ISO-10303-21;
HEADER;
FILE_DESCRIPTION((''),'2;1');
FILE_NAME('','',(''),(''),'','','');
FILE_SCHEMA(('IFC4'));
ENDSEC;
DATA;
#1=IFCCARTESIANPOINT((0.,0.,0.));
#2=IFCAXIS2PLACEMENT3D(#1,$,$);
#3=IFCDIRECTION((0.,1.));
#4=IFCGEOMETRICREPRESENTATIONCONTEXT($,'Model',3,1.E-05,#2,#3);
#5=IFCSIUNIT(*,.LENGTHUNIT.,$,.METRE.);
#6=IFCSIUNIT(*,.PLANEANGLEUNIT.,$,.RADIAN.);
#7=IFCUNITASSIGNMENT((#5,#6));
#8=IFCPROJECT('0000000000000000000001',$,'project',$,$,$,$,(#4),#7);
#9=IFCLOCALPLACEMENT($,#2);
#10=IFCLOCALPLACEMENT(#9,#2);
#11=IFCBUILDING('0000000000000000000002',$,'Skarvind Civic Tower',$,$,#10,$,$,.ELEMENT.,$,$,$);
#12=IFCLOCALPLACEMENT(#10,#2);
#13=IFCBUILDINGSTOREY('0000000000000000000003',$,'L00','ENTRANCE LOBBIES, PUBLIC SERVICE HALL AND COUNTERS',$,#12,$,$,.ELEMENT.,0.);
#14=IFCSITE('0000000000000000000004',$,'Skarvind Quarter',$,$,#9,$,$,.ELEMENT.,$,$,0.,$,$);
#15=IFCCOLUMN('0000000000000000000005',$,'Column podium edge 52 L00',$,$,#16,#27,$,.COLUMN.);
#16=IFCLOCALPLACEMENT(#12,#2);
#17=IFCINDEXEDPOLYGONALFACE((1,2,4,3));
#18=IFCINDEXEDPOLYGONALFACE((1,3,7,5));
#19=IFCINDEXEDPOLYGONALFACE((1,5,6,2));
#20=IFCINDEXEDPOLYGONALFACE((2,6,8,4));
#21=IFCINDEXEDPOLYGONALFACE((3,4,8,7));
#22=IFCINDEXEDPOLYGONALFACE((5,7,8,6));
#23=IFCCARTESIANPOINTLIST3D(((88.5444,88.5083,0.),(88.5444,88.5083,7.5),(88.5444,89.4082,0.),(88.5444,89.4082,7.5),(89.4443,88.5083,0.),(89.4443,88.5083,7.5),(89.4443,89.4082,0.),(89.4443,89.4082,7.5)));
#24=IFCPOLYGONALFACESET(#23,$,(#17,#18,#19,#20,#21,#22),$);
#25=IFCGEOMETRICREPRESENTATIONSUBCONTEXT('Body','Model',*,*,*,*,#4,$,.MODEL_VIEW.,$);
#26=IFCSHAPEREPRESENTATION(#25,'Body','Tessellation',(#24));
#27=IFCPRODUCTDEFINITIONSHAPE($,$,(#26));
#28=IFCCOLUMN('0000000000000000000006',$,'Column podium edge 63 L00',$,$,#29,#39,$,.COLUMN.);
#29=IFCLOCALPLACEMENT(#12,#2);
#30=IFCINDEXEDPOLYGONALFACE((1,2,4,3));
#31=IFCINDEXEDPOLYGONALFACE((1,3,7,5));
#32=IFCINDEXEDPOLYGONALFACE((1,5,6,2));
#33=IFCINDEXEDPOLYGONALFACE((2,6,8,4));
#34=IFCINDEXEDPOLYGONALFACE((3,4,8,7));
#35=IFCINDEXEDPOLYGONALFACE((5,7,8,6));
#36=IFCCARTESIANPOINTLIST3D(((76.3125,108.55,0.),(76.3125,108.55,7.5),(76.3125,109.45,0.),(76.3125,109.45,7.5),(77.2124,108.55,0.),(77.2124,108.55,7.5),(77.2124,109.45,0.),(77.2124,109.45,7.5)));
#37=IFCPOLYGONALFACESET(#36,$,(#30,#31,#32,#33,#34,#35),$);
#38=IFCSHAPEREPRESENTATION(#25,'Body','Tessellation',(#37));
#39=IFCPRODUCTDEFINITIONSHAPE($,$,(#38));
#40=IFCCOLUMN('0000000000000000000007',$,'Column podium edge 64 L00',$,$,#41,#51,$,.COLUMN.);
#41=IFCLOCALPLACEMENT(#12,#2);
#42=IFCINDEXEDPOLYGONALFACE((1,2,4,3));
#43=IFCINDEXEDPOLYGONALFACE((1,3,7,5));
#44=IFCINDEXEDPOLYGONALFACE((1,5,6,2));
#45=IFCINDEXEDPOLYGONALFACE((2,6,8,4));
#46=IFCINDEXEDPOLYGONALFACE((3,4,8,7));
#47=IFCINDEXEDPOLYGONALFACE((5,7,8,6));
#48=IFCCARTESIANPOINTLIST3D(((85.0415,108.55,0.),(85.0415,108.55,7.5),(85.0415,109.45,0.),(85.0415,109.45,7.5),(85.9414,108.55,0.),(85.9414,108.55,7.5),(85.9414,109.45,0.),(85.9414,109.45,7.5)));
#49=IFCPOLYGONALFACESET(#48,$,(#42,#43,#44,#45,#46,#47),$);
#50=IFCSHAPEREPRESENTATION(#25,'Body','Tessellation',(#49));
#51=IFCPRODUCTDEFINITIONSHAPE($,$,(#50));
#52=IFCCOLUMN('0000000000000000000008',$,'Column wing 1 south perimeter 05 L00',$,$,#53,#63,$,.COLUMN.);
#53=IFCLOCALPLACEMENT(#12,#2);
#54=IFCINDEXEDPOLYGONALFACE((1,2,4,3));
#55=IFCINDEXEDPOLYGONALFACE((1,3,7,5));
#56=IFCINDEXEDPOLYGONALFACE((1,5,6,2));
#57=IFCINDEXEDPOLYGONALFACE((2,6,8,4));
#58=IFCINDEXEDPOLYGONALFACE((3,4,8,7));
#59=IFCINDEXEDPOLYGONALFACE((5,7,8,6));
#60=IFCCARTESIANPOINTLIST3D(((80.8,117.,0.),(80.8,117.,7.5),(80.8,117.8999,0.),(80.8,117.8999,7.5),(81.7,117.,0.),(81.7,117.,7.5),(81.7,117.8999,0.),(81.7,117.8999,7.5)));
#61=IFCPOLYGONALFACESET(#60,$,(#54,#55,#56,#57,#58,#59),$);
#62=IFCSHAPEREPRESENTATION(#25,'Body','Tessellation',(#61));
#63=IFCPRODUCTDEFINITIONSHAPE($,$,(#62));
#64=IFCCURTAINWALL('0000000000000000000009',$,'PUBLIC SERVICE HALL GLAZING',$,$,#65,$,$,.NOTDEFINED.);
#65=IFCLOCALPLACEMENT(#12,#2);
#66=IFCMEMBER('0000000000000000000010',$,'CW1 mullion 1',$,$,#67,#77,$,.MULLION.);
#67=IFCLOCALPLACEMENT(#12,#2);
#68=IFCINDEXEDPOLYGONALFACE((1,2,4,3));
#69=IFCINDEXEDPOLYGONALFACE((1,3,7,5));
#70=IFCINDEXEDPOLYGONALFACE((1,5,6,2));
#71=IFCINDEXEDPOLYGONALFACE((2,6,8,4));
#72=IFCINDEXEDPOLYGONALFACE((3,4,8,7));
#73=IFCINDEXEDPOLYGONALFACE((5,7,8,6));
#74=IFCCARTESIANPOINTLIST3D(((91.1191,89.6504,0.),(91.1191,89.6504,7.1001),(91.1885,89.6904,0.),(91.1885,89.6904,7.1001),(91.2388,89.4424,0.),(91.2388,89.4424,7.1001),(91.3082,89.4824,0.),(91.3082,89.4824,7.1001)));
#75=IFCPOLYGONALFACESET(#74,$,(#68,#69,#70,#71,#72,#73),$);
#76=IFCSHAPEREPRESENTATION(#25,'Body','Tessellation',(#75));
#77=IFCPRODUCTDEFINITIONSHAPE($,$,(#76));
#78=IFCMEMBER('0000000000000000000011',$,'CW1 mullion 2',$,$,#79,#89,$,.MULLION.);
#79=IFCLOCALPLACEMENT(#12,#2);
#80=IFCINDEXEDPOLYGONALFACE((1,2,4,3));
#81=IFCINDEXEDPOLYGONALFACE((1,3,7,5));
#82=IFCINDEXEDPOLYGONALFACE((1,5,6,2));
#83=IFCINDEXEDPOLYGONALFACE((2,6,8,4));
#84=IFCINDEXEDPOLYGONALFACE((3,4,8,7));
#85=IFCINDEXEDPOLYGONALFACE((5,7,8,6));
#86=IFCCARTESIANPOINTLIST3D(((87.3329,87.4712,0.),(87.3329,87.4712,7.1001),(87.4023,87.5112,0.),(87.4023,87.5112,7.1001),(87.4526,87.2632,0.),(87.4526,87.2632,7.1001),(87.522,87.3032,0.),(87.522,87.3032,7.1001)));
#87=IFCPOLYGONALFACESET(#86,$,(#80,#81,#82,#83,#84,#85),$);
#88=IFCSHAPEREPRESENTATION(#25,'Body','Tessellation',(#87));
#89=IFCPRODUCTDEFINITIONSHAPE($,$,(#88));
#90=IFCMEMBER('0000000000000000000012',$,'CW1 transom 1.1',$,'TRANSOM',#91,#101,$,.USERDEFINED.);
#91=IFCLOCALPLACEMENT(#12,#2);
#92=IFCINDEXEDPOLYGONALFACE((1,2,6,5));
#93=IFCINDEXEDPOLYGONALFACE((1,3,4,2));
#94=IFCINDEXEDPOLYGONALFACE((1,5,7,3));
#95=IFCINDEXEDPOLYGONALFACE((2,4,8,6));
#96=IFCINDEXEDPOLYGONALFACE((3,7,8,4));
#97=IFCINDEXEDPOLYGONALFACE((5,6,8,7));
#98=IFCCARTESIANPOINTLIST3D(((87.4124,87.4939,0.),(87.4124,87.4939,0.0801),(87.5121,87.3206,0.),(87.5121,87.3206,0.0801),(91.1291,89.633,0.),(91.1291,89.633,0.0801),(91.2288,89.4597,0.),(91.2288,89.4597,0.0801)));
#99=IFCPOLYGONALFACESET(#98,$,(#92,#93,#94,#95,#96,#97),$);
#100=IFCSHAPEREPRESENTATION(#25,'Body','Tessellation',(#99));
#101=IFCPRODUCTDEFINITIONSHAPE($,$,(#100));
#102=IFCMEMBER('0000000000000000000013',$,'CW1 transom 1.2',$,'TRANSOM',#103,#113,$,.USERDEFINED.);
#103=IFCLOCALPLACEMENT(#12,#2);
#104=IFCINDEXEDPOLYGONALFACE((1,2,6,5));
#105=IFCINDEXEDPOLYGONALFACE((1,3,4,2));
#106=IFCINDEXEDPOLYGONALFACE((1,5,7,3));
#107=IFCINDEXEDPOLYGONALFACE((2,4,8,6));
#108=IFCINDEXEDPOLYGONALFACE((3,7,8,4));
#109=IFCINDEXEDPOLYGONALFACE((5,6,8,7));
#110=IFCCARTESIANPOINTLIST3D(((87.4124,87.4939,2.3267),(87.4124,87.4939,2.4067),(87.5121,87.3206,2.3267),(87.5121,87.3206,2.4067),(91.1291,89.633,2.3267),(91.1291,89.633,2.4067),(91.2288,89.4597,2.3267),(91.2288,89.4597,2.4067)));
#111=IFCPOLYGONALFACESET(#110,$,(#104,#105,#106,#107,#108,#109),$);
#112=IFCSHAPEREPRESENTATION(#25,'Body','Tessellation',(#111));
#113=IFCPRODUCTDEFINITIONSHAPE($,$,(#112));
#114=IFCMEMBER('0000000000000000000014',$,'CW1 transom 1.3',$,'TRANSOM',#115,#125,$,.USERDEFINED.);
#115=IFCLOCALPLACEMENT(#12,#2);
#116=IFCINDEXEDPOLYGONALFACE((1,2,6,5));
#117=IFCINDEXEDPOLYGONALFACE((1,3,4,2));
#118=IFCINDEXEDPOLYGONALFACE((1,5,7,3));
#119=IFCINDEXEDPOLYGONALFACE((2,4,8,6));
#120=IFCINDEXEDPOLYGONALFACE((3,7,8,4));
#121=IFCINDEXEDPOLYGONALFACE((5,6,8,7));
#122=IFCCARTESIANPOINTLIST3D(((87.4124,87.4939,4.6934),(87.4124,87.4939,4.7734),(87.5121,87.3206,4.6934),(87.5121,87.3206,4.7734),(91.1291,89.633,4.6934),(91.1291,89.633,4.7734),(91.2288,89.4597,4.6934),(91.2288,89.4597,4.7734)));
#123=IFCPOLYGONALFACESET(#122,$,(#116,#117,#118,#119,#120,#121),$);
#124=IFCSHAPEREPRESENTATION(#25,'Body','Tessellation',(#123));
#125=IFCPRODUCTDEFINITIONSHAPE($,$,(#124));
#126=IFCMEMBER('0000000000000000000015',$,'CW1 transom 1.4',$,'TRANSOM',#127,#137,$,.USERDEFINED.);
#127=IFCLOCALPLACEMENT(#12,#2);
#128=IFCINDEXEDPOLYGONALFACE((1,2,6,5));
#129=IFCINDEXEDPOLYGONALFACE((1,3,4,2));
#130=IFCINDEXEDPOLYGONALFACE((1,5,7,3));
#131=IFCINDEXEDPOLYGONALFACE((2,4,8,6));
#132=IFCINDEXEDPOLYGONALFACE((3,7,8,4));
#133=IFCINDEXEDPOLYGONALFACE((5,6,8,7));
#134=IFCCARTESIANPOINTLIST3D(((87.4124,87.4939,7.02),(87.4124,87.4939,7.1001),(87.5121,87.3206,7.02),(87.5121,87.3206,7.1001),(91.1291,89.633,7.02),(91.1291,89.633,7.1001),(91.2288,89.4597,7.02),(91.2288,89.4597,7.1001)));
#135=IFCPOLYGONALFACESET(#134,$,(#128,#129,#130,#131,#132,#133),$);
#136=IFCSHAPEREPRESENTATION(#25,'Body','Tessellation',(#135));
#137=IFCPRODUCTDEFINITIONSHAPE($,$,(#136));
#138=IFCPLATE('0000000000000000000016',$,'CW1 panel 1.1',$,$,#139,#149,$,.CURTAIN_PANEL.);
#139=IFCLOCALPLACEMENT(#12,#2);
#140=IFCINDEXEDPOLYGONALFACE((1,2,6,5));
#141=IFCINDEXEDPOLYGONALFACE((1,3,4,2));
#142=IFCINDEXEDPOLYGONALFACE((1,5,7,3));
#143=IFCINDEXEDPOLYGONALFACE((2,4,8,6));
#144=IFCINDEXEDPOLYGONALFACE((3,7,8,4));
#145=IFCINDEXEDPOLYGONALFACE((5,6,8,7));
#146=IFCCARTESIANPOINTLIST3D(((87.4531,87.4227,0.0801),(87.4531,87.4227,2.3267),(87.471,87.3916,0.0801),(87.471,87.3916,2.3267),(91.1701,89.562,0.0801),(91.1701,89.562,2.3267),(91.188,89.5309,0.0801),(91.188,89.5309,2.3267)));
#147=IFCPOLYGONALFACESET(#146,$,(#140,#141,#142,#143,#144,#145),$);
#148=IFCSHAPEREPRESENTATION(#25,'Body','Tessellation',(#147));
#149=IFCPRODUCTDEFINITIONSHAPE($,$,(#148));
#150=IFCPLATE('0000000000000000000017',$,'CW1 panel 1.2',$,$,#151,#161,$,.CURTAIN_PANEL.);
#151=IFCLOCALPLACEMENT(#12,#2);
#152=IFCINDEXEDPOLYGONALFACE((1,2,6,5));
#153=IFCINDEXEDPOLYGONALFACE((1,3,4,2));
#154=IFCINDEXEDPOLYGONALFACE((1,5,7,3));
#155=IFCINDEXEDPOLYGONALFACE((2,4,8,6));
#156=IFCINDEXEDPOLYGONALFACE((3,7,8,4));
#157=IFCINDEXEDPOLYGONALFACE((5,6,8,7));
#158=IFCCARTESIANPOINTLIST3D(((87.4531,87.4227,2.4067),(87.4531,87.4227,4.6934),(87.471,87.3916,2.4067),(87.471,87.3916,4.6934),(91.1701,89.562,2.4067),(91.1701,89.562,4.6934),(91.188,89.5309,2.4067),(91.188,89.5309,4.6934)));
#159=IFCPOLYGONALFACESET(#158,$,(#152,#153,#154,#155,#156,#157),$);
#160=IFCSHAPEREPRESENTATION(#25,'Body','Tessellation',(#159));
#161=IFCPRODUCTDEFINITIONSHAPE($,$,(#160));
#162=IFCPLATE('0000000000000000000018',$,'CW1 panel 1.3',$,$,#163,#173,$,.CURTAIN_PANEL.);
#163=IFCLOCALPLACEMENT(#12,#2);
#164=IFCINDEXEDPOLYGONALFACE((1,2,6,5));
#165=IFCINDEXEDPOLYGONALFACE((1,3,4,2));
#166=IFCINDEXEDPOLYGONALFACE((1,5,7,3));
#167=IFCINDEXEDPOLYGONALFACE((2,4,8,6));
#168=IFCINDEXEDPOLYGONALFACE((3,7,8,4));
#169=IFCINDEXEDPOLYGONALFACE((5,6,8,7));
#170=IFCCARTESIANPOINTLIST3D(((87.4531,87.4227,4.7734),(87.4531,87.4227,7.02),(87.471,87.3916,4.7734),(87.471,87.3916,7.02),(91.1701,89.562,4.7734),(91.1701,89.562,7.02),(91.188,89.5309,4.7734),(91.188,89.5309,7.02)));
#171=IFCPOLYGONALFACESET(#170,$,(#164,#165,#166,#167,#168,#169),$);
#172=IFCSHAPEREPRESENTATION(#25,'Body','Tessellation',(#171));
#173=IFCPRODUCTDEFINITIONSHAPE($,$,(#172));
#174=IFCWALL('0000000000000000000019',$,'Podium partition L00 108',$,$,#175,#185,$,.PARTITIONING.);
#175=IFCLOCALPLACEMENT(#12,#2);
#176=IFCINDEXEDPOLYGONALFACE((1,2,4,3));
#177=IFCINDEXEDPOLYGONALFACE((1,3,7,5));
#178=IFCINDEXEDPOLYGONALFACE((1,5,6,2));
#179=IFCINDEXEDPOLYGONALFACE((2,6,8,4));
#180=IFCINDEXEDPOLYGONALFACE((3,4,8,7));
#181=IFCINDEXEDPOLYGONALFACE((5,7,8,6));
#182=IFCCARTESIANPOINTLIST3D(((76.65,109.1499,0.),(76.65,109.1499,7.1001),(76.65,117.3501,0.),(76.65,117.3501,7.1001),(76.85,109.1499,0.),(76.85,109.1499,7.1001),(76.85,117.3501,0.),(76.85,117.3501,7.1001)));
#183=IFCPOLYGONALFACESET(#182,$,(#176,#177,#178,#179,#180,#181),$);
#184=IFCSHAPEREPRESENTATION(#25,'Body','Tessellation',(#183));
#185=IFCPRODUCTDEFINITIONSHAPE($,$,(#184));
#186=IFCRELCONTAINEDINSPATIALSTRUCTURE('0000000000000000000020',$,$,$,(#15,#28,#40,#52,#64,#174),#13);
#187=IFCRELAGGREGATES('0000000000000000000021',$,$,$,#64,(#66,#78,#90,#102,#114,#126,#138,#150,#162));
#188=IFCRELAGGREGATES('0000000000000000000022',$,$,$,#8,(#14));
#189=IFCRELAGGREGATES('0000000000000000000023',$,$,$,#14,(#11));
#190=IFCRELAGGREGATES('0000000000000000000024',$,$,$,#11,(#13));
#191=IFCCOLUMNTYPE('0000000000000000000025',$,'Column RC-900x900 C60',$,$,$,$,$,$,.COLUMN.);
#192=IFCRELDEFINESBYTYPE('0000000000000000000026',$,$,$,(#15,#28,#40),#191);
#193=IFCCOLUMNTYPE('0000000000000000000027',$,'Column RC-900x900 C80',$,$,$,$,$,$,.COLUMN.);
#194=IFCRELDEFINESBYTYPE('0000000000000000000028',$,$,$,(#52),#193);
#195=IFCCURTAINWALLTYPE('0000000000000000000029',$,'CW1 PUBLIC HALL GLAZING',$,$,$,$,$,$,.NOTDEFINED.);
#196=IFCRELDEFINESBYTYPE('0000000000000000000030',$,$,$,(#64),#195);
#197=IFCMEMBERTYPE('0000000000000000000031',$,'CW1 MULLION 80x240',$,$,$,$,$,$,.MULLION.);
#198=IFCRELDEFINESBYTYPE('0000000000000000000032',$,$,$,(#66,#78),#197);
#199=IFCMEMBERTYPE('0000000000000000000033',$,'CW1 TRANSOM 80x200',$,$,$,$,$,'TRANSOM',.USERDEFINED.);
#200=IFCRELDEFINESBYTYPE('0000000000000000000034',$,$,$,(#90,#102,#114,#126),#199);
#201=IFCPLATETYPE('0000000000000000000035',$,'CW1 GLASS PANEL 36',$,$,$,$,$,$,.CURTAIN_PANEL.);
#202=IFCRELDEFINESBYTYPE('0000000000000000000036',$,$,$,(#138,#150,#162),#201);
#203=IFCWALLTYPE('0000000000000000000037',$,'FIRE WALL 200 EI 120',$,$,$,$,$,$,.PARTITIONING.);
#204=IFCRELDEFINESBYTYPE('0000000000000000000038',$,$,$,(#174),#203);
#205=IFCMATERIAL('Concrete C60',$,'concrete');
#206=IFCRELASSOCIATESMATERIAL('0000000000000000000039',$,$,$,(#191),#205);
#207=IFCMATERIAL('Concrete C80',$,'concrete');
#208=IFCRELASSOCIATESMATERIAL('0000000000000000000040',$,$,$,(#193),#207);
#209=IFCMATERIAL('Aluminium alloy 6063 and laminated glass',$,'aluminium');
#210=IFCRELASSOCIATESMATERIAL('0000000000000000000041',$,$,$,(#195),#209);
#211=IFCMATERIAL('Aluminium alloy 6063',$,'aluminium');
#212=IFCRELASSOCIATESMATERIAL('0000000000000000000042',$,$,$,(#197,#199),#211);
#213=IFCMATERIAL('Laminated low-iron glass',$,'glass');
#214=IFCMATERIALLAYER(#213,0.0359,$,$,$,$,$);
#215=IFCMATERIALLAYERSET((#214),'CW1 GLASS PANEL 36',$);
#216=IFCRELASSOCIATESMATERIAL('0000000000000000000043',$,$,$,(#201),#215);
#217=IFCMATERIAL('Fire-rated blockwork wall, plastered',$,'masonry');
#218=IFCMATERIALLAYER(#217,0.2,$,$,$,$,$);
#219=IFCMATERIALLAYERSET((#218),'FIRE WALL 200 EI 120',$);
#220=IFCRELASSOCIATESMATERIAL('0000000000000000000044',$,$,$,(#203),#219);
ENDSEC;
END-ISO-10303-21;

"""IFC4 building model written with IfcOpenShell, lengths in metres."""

from ifc_helpers import new_model, si_unit, direction, frame, frame_2d, origin, origin_2d, place, context, subcontext, project, spatial, rectangle, extrude, material, layer, layer_set, material_profile, profile_set, type_object, element, aggregate, save


model = new_model("IFC4")

# Units and contexts
model_context = context("Model", 3, precision=1e-05, world=origin(), true_north=direction((0.0, 1.0)))
body_context = subcontext(model_context, "Body", "Model", "MODEL_VIEW")
ifc_project = project(units=[si_unit("LENGTHUNIT", "METRE"), si_unit("PLANEANGLEUNIT", "RADIAN")], contexts=[model_context])

# Site, building, storey
site_placement = place(None, origin())
site = spatial("IfcSite", under=ifc_project, at=site_placement, Name="Skarvind Quarter", CompositionType="ELEMENT", RefElevation=0.0)
building_placement = place(site_placement, origin())
building = spatial("IfcBuilding", under=site, at=building_placement, Name="Skarvind Civic Tower", CompositionType="ELEMENT")
storey_placement = place(building_placement, origin())
storey = spatial("IfcBuildingStorey", under=building, at=storey_placement, Name="L00", Description="ENTRANCE LOBBIES, PUBLIC SERVICE HALL AND COUNTERS", CompositionType="ELEMENT", Elevation=0.0)

# Columns
ifc_material_1 = material(Name="Concrete C60", Category="concrete")
ifc_material_profile_1 = material_profile(ifc_material_1, rectangle(XDim=0.8999, YDim=0.8999, at=origin_2d()), Name="RC-900x900")
ifc_profile_set_1 = profile_set([ifc_material_profile_1], Name="Concrete C60")
column_type_1 = type_object("IfcColumnType", Name="Column RC-900x900 C60", PredefinedType="COLUMN", material=ifc_profile_set_1)
for number, where, z_axis, x_axis, name in (
    (1, (88.9944, 88.9583, 0.0), (0.0, 0.0, 1.0), (1.0, 0.0, 0.0), "Column podium edge 52 L00"),
    (2, (76.7625, 109.0, 0.0), (0.0, 0.0, 1.0), (1.0, 0.0, 0.0), "Column podium edge 63 L00"),
    (3, (85.4915, 109.0, 0.0), (0.0, 0.0, 1.0), (1.0, 0.0, 0.0), "Column podium edge 64 L00"),
):
    element("IfcColumn", number, at=place(storey_placement, frame(where, z_axis=z_axis, x_axis=x_axis)), inside=storey, type_object=column_type_1, Name=name, PredefinedType="COLUMN", context=body_context, shape_type="SweptSolid", body=[
        extrude(rectangle(XDim=0.8999, YDim=0.8999, at=origin_2d()), origin(), (0.0, 0.0, 1.0), 7.5),
    ])
ifc_material_2 = material(Name="Concrete C80", Category="concrete")
ifc_material_profile_2 = material_profile(ifc_material_2, rectangle(XDim=0.8999, YDim=0.8999, at=origin_2d()), Name="RC-900x900")
ifc_profile_set_2 = profile_set([ifc_material_profile_2], Name="Concrete C80")
column_type_2 = type_object("IfcColumnType", Name="Column RC-900x900 C80", PredefinedType="COLUMN", material=ifc_profile_set_2)
column_placement = place(storey_placement, frame((81.25, 117.45, 0.0), z_axis=(0.0, 0.0, 1.0), x_axis=(1.0, 0.0, 0.0)))
element("IfcColumn", 4, at=column_placement, inside=storey, type_object=column_type_2, Name="Column wing 1 south perimeter 05 L00", PredefinedType="COLUMN", context=body_context, shape_type="SweptSolid", body=[
    extrude(rectangle(XDim=0.8999, YDim=0.8999, at=origin_2d()), origin(), (0.0, 0.0, 1.0), 7.5),
])

# Curtain wall, members, plates
ifc_material_3 = material(Name="Aluminium alloy 6063 and laminated glass", Category="aluminium")
curtain_wall_type = type_object("IfcCurtainWallType", Name="CW1 PUBLIC HALL GLAZING", PredefinedType="NOTDEFINED", material=ifc_material_3)
curtain_wall_placement = place(storey_placement, origin())
curtain_wall = element("IfcCurtainWall", 5, at=curtain_wall_placement, inside=storey, type_object=curtain_wall_type, Name="PUBLIC SERVICE HALL GLAZING", PredefinedType="NOTDEFINED")
ifc_material_4 = material(Name="Aluminium alloy 6063", Category="aluminium")
ifc_material_profile_3 = material_profile(ifc_material_4, rectangle(XDim=0.24, YDim=0.0801, at=origin_2d()), Name="AL 80x240")
ifc_profile_set_3 = profile_set([ifc_material_profile_3], Name="Aluminium alloy 6063")
member_type_1 = type_object("IfcMemberType", Name="CW1 MULLION 80x240", PredefinedType="MULLION", material=ifc_profile_set_3)
member_1_placement = place(storey_placement, frame((91.2136, 89.5664, 0.0), z_axis=(0.0, 0.0, 1.0), x_axis=(0.498821, -0.866705, 0.0)))
member_1 = element("IfcMember", 6, at=member_1_placement, type_object=member_type_1, Name="CW1 mullion 1", PredefinedType="MULLION", context=body_context, shape_type="SweptSolid", body=[
    extrude(rectangle(XDim=0.24, YDim=0.0801, at=origin_2d()), origin(), (0.0, 0.0, 1.0), 7.1001),
])
member_2_placement = place(storey_placement, frame((87.4275, 87.3872, 0.0), z_axis=(0.0, 0.0, 1.0), x_axis=(0.498821, -0.866705, 0.0)))
member_2 = element("IfcMember", 7, at=member_2_placement, type_object=member_type_1, Name="CW1 mullion 2", PredefinedType="MULLION", context=body_context, shape_type="SweptSolid", body=[
    extrude(rectangle(XDim=0.24, YDim=0.0801, at=origin_2d()), origin(), (0.0, 0.0, 1.0), 7.1001),
])
ifc_material_profile_4 = material_profile(ifc_material_4, rectangle(XDim=0.2, YDim=0.0801, at=origin_2d()), Name="AL 80x200")
ifc_profile_set_4 = profile_set([ifc_material_profile_4], Name="Aluminium alloy 6063")
member_type_2 = type_object("IfcMemberType", Name="CW1 TRANSOM 80x200", ElementType="TRANSOM", PredefinedType="USERDEFINED", material=ifc_profile_set_4)
member_3_placement = place(storey_placement, frame((91.179, 89.5464, 0.04), z_axis=(-0.866705, -0.498822, 0.0), x_axis=(0.498822, -0.866705, 0.0)))
member_3 = element("IfcMember", 8, at=member_3_placement, type_object=member_type_2, Name="CW1 transom 1.1", ObjectType="TRANSOM", PredefinedType="USERDEFINED", context=body_context, shape_type="SweptSolid", body=[
    extrude(rectangle(XDim=0.2, YDim=0.0801, at=origin_2d()), origin(), (0.0, 0.0, 1.0), 4.2883),
])
member_4_placement = place(storey_placement, frame((91.179, 89.5464, 2.3667), z_axis=(-0.866705, -0.498822, 0.0), x_axis=(0.498822, -0.866705, 0.0)))
member_4 = element("IfcMember", 9, at=member_4_placement, type_object=member_type_2, Name="CW1 transom 1.2", ObjectType="TRANSOM", PredefinedType="USERDEFINED", context=body_context, shape_type="SweptSolid", body=[
    extrude(rectangle(XDim=0.2, YDim=0.0801, at=origin_2d()), origin(), (0.0, 0.0, 1.0), 4.2883),
])
member_5_placement = place(storey_placement, frame((91.179, 89.5464, 4.7334), z_axis=(-0.866705, -0.498822, 0.0), x_axis=(0.498822, -0.866705, 0.0)))
member_5 = element("IfcMember", 10, at=member_5_placement, type_object=member_type_2, Name="CW1 transom 1.3", ObjectType="TRANSOM", PredefinedType="USERDEFINED", context=body_context, shape_type="SweptSolid", body=[
    extrude(rectangle(XDim=0.2, YDim=0.0801, at=origin_2d()), origin(), (0.0, 0.0, 1.0), 4.2883),
])
member_6_placement = place(storey_placement, frame((91.179, 89.5464, 7.0601), z_axis=(-0.866705, -0.498822, 0.0), x_axis=(0.498822, -0.866705, 0.0)))
member_6 = element("IfcMember", 11, at=member_6_placement, type_object=member_type_2, Name="CW1 transom 1.4", ObjectType="TRANSOM", PredefinedType="USERDEFINED", context=body_context, shape_type="SweptSolid", body=[
    extrude(rectangle(XDim=0.2, YDim=0.0801, at=origin_2d()), origin(), (0.0, 0.0, 1.0), 4.2883),
])
ifc_material_5 = material(Name="Laminated low-iron glass", Category="glass")
ifc_layer_1 = layer(ifc_material_5, 0.0359)
ifc_layer_set_1 = layer_set([ifc_layer_1], Name="CW1 GLASS PANEL 36")
plate_type = type_object("IfcPlateType", Name="CW1 GLASS PANEL 36", PredefinedType="CURTAIN_PANEL", material=ifc_layer_set_1)
plate_1_placement = place(storey_placement, frame((89.3206, 88.4768, 0.0801), z_axis=(0.0, 0.0, 1.0), x_axis=(-0.866705, -0.498821, 0.0)))
plate_1 = element("IfcPlate", 12, at=plate_1_placement, type_object=plate_type, Name="CW1 panel 1.1", PredefinedType="CURTAIN_PANEL", context=body_context, shape_type="SweptSolid", body=[
    extrude(rectangle(XDim=4.2886, YDim=0.0359, at=origin_2d()), origin(), (0.0, 0.0, 1.0), 2.2466),
])
plate_2_placement = place(storey_placement, frame((89.3206, 88.4768, 2.4067), z_axis=(0.0, 0.0, 1.0), x_axis=(-0.866705, -0.498821, 0.0)))
plate_2 = element("IfcPlate", 13, at=plate_2_placement, type_object=plate_type, Name="CW1 panel 1.2", PredefinedType="CURTAIN_PANEL", context=body_context, shape_type="SweptSolid", body=[
    extrude(rectangle(XDim=4.2886, YDim=0.0359, at=origin_2d()), origin(), (0.0, 0.0, 1.0), 2.2866),
])
plate_3_placement = place(storey_placement, frame((89.3206, 88.4768, 4.7734), z_axis=(0.0, 0.0, 1.0), x_axis=(-0.866705, -0.498821, 0.0)))
plate_3 = element("IfcPlate", 14, at=plate_3_placement, type_object=plate_type, Name="CW1 panel 1.3", PredefinedType="CURTAIN_PANEL", context=body_context, shape_type="SweptSolid", body=[
    extrude(rectangle(XDim=4.2886, YDim=0.0359, at=origin_2d()), origin(), (0.0, 0.0, 1.0), 2.2466),
])
aggregate(curtain_wall, [member_1, member_2, member_3, member_4, member_5, member_6, plate_1, plate_2, plate_3])

# Wall
ifc_material_6 = material(Name="Fire-rated blockwork wall, plastered", Category="masonry")
ifc_layer_2 = layer(ifc_material_6, 0.2)
ifc_layer_set_2 = layer_set([ifc_layer_2], Name="FIRE WALL 200 EI 120")
wall_type_1 = type_object("IfcWallType", Name="FIRE WALL 200 EI 120", PredefinedType="PARTITIONING", material=ifc_layer_set_2)
wall_1_placement = place(storey_placement, frame((76.75, 109.1499, 0.0), z_axis=(0.0, 0.0, 1.0), x_axis=(0.0, 1.0, 0.0)))
element("IfcWall", 15, at=wall_1_placement, inside=storey, type_object=wall_type_1, Name="Podium partition L00 108", PredefinedType="PARTITIONING", context=body_context, shape_type="SweptSolid", body=[
    extrude(rectangle(XDim=8.2002, YDim=0.2, at=frame_2d((4.1001, 0.0))), origin(), (0.0, 0.0, 1.0), 7.1001),
])

save(model, "model.ifc")
